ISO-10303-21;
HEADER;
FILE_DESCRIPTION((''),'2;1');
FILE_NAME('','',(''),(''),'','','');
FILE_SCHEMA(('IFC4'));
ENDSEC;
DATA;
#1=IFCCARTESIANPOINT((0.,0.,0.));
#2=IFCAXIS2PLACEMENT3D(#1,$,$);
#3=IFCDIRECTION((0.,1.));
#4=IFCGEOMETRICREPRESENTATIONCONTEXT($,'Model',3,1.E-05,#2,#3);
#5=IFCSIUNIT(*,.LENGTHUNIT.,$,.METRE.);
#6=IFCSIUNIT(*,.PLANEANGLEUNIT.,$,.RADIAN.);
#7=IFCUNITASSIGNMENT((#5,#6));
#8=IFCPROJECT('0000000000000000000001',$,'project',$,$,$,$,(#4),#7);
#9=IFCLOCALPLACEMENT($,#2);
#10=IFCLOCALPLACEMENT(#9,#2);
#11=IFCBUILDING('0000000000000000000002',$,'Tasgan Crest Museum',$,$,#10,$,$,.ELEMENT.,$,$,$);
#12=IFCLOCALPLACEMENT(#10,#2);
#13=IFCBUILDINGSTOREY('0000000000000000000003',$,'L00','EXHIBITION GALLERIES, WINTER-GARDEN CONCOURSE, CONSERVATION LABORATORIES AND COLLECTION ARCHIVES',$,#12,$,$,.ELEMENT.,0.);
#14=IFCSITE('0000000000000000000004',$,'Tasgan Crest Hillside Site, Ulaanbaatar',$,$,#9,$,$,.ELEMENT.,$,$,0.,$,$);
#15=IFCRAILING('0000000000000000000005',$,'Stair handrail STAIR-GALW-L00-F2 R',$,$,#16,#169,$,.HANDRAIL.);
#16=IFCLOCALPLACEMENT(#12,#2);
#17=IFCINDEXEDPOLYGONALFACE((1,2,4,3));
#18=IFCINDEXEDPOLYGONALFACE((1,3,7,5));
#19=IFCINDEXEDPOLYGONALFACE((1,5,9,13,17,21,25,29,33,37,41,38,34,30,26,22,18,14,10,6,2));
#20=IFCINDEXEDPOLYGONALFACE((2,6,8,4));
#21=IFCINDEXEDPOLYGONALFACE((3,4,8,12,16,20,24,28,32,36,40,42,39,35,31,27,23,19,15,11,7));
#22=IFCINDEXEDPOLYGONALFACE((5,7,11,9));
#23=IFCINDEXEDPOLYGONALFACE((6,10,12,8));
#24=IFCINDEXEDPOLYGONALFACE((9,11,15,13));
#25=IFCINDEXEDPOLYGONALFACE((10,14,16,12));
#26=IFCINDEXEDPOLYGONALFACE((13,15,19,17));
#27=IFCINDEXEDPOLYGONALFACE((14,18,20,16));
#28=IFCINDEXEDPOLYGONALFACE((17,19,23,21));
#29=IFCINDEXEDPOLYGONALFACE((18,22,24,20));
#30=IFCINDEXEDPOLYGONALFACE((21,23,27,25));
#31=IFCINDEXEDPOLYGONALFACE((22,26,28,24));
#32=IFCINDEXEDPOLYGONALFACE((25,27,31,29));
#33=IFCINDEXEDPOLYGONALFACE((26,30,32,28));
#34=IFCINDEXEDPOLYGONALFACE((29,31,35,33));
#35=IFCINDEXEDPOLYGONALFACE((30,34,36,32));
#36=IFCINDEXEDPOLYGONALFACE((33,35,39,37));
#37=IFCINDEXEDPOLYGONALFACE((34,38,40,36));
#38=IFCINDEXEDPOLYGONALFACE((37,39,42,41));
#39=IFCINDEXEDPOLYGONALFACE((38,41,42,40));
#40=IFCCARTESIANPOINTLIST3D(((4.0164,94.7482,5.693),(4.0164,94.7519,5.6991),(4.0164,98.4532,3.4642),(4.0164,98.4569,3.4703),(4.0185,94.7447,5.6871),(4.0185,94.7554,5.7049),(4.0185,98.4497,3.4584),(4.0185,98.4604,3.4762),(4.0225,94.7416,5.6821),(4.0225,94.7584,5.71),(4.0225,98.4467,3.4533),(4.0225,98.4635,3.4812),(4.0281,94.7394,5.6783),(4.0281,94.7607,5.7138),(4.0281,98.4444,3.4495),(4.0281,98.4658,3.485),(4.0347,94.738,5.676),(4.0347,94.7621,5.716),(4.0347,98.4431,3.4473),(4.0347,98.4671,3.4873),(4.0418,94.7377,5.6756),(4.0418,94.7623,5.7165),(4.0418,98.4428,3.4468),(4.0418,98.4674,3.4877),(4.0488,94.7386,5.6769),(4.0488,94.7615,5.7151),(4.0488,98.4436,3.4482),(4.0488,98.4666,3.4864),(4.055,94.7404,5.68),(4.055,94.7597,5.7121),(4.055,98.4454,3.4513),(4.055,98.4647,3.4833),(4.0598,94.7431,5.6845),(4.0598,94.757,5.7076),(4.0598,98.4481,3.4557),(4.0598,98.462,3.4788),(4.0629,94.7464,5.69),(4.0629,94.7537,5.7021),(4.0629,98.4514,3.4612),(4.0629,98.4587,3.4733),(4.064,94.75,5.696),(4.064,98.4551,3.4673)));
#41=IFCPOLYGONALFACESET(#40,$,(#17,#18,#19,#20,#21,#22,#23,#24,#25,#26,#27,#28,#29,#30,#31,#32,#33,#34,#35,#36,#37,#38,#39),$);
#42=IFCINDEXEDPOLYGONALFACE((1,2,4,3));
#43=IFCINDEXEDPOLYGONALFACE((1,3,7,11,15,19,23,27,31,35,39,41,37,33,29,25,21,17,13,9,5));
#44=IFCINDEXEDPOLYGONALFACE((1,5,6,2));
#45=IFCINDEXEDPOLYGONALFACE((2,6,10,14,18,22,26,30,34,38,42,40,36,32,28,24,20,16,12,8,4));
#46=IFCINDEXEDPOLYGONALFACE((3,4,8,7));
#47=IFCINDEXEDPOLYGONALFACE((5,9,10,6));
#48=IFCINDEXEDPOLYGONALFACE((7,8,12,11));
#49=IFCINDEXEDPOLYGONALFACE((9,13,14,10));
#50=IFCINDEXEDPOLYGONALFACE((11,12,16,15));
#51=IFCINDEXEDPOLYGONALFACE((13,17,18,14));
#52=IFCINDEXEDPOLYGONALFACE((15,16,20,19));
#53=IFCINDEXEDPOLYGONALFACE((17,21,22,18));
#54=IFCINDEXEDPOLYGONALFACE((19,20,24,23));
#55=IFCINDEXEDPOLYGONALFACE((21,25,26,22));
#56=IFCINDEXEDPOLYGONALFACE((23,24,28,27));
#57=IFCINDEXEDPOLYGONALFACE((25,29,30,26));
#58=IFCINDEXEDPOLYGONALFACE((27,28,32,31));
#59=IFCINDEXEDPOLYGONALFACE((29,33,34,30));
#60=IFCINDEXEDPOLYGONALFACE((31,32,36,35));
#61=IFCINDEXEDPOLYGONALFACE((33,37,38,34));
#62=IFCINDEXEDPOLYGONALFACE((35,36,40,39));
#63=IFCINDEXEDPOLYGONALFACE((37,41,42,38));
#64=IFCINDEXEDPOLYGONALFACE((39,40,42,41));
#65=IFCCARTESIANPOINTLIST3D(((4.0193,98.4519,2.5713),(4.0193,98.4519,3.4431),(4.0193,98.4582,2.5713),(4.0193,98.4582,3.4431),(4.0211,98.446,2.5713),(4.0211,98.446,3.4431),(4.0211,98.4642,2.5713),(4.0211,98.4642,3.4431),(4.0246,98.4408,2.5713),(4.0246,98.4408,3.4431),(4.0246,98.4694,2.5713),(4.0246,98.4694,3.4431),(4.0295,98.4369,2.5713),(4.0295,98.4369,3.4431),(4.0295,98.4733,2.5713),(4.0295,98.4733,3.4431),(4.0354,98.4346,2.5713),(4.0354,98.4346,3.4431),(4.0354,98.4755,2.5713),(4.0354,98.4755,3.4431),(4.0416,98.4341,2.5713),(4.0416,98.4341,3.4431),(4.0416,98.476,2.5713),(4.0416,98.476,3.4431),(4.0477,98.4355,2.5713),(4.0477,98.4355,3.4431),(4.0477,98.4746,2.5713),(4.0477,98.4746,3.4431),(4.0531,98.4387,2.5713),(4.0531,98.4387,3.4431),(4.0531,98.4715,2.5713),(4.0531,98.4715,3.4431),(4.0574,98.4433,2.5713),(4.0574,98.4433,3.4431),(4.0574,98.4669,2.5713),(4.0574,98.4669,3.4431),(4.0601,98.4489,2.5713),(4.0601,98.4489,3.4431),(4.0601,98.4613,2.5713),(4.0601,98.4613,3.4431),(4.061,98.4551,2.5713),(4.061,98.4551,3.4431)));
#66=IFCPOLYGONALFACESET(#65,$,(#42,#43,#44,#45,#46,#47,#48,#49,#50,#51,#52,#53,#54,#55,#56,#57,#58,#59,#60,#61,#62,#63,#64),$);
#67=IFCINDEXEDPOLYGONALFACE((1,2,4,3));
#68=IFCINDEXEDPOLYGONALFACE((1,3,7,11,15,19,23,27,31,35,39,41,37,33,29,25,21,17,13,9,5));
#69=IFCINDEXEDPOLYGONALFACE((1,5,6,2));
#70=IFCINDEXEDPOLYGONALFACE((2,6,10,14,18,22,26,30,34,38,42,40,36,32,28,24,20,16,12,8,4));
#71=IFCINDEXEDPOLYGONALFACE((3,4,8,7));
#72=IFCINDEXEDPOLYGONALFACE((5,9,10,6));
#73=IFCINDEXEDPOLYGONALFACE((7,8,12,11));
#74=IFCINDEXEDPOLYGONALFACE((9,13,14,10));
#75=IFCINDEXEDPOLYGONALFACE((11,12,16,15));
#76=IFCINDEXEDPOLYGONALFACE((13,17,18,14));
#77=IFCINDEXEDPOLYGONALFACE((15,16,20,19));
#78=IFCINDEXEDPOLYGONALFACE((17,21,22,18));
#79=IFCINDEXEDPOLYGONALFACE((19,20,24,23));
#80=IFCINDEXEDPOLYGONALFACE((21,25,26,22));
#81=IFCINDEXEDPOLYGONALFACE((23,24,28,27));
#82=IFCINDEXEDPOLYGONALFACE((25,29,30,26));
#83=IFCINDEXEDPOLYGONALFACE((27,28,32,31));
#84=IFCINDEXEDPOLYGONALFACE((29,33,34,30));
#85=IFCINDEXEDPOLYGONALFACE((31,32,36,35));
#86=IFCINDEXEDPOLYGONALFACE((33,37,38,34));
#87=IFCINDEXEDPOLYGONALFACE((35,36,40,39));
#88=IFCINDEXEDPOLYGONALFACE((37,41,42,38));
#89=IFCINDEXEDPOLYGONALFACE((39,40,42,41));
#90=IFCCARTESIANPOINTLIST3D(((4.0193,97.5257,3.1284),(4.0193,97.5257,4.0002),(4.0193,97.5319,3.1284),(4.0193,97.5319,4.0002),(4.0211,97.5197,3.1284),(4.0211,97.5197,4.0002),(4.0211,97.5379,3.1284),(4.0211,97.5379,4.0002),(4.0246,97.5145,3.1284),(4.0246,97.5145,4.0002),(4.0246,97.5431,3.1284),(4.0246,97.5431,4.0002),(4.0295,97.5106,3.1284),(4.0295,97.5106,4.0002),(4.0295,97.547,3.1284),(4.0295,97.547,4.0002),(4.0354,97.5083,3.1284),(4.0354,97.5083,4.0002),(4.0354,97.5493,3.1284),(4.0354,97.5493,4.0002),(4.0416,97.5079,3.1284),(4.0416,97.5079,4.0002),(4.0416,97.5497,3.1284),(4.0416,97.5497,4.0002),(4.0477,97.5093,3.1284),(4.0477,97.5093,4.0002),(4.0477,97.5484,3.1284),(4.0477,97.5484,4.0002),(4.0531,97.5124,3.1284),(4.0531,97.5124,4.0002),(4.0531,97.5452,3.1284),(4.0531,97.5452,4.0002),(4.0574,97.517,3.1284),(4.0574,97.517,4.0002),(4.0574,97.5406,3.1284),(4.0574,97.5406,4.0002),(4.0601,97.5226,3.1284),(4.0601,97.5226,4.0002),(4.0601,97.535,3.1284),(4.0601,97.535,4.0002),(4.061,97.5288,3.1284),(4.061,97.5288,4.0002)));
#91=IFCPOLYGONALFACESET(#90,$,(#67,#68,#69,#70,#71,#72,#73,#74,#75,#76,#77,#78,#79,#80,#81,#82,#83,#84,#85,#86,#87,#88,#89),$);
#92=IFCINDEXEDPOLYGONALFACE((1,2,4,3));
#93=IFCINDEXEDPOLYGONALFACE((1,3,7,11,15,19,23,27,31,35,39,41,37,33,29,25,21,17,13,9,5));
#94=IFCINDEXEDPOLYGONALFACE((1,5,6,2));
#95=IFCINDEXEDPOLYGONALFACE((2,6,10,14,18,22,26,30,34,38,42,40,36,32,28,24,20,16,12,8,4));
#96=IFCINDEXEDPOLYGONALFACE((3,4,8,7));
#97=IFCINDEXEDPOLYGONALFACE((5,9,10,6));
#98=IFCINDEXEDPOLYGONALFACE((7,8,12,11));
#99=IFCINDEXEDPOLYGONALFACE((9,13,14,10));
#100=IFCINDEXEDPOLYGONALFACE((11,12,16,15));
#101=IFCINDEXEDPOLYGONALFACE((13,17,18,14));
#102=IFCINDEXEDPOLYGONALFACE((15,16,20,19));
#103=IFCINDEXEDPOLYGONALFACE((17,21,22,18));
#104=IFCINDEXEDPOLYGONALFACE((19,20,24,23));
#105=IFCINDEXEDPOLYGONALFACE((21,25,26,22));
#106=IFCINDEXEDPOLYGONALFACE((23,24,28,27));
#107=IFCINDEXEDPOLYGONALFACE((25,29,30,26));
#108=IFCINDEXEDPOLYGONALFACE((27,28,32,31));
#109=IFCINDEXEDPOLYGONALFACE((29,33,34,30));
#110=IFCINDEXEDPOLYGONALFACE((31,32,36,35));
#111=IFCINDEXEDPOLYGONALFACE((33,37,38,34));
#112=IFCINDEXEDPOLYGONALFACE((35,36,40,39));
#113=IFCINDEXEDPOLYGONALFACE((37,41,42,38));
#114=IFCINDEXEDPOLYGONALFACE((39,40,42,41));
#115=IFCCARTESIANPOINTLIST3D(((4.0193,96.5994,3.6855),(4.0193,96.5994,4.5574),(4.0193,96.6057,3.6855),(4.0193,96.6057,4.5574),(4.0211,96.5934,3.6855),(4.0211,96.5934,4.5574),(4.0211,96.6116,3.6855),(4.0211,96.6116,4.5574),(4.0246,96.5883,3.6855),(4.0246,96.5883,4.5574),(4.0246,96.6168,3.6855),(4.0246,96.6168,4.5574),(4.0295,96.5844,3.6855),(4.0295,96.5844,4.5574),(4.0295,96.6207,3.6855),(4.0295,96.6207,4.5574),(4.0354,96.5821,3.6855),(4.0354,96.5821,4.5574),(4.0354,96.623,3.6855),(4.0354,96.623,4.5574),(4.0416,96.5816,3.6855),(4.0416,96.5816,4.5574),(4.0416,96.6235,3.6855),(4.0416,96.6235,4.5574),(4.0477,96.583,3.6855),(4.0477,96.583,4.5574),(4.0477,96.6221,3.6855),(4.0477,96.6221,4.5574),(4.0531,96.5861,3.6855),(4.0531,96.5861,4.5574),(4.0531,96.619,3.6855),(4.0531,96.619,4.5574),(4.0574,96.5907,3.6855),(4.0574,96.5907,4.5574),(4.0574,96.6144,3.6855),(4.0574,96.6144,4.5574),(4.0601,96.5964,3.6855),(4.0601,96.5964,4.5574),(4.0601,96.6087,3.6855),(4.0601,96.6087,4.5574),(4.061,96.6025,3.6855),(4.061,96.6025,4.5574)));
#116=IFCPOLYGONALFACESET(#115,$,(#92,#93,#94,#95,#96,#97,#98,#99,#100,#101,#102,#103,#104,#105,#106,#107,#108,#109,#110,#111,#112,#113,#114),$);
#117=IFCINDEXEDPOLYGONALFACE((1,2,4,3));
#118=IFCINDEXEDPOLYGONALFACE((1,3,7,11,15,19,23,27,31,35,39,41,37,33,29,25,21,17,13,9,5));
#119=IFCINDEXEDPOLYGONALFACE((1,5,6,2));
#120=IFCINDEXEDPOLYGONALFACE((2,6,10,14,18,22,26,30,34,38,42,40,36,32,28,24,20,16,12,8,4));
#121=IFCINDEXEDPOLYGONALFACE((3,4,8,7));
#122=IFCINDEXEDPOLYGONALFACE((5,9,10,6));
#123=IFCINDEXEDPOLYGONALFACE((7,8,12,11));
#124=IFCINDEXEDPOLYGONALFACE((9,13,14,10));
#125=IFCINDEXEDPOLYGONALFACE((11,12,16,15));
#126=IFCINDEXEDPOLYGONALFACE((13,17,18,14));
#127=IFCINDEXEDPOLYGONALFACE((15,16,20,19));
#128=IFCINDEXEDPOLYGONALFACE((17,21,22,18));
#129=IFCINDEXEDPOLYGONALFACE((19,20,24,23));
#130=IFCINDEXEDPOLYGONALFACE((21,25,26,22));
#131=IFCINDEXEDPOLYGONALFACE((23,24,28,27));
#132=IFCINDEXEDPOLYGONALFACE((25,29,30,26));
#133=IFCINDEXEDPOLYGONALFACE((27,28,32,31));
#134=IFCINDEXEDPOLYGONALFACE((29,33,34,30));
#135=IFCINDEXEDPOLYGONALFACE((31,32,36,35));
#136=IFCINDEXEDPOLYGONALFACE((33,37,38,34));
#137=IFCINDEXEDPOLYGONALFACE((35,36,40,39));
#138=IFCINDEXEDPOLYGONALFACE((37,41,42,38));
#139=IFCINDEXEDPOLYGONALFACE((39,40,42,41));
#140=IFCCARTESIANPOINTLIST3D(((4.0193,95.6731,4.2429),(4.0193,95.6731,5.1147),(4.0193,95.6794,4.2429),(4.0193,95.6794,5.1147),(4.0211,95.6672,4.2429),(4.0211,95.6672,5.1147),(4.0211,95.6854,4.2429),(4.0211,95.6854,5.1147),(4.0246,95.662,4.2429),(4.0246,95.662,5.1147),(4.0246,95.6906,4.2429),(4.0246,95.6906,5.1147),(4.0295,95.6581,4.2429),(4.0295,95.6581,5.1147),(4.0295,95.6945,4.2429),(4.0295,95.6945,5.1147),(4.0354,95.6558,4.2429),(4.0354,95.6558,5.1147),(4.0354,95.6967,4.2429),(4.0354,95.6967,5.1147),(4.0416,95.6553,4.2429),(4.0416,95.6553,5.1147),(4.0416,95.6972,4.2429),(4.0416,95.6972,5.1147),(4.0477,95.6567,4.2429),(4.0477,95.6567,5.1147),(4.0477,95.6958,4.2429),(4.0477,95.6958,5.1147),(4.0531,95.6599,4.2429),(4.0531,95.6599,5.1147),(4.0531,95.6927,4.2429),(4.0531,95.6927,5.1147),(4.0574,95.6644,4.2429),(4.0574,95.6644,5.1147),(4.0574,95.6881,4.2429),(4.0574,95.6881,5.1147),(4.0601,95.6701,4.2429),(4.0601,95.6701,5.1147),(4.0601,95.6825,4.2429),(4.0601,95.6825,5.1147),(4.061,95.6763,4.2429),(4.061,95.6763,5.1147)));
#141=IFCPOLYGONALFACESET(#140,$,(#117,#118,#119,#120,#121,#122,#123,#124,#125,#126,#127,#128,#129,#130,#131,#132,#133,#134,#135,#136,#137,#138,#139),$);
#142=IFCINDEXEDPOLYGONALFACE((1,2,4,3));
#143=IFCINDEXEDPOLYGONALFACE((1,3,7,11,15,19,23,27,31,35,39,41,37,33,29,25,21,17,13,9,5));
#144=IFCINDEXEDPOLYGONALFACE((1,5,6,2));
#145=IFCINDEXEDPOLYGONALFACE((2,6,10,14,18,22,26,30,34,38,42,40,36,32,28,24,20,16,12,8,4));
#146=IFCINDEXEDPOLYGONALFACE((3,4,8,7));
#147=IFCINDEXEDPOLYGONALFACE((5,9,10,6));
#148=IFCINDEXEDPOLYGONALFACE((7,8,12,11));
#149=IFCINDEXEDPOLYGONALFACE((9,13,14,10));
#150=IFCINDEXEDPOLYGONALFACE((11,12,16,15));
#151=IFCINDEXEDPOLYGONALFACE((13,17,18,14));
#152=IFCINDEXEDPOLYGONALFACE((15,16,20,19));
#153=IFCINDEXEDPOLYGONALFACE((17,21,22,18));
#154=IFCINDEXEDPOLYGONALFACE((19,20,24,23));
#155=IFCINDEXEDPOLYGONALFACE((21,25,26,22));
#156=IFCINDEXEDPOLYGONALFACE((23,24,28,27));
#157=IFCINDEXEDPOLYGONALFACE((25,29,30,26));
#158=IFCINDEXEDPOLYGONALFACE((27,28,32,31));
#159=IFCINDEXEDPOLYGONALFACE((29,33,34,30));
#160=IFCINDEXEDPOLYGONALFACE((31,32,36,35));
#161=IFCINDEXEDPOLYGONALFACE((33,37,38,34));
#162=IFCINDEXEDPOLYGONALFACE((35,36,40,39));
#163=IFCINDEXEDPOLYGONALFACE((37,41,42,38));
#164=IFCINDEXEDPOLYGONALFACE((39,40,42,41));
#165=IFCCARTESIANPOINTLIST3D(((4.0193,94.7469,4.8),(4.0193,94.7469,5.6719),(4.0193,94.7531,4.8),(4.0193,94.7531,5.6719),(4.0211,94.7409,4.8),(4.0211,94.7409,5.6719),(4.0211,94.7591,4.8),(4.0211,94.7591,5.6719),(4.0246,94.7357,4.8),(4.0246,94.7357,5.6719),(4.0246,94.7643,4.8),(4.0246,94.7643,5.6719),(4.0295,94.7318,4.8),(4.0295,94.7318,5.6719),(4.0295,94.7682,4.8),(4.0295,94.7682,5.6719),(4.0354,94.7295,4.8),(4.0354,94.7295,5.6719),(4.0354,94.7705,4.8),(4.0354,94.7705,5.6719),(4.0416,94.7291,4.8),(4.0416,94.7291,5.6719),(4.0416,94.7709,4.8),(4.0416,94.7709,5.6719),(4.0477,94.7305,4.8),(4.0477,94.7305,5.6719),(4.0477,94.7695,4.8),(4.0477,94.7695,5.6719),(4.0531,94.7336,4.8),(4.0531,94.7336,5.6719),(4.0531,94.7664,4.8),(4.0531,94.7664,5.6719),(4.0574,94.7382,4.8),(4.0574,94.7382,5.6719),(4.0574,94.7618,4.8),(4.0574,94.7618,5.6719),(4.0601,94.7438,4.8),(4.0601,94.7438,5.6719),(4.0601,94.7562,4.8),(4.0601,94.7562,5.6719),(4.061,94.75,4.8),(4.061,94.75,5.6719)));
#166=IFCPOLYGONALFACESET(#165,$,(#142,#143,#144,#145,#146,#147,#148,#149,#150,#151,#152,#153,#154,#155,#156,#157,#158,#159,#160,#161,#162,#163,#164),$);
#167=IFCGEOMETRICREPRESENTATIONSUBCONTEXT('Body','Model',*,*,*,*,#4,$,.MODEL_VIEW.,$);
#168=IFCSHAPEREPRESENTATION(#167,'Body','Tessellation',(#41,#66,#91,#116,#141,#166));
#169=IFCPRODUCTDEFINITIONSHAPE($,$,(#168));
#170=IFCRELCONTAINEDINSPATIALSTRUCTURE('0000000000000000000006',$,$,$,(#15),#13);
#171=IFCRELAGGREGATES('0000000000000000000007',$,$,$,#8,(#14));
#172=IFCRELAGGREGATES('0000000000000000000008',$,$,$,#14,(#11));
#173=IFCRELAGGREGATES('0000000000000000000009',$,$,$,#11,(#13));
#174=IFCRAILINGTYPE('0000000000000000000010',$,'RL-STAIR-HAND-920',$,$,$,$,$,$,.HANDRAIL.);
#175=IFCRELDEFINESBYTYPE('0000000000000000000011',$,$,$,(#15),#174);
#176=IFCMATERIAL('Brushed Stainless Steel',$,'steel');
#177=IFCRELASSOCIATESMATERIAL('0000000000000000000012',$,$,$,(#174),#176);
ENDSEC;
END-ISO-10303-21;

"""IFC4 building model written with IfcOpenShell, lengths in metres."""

from ifc_helpers import new_model, si_unit, direction, frame, origin, origin_2d, place, context, subcontext, project, spatial, circle, extrude, material, type_object, element, save


model = new_model("IFC4")

# Units and contexts
model_context = context("Model", 3, precision=1e-05, world=origin(), true_north=direction((0.0, 1.0)))
body_context = subcontext(model_context, "Body", "Model", "MODEL_VIEW")
ifc_project = project(units=[si_unit("LENGTHUNIT", "METRE"), si_unit("PLANEANGLEUNIT", "RADIAN")], contexts=[model_context])

# Site, building, storey
site_placement = place(None, origin())
site = spatial("IfcSite", under=ifc_project, at=site_placement, Name="Tasgan Crest Hillside Site, Ulaanbaatar", CompositionType="ELEMENT", RefElevation=0.0)
building_placement = place(site_placement, origin())
building = spatial("IfcBuilding", under=site, at=building_placement, Name="Tasgan Crest Museum", CompositionType="ELEMENT")
storey_placement = place(building_placement, origin())
storey = spatial("IfcBuildingStorey", under=building, at=storey_placement, Name="L00", Description="EXHIBITION GALLERIES, WINTER-GARDEN CONCOURSE, CONSERVATION LABORATORIES AND COLLECTION ARCHIVES", CompositionType="ELEMENT", Elevation=0.0)

# Railing
ifc_material_1 = material(Name="Brushed Stainless Steel", Category="steel")
railing_type_1 = type_object("IfcRailingType", Name="RL-STAIR-HAND-920", PredefinedType="HANDRAIL", material=ifc_material_1)
for number, where, name in (
    (1, (4.04, 98.4551, 2.5713), "Stair handrail STAIR-GALW-L00-F2 R"),
):
    element("IfcRailing", number, at=place(storey_placement, frame(where)), inside=storey, type_object=railing_type_1, Name=name, PredefinedType="HANDRAIL", context=body_context, shape_type="SweptSolid", body=[
        extrude(circle(Radius=0.0239, at=origin_2d()), frame((0.0, 0.0, 0.896), z_axis=(0.0, -0.856909, 0.515467), x_axis=(1.0, 0.0, 0.0)), (0.0, 0.0, 1.0), 4.3237),
        extrude(circle(Radius=0.021, at=origin_2d()), origin(), (0.0, 0.0, 1.0), 0.8718),
        extrude(circle(Radius=0.021, at=origin_2d()), frame((0.0, -0.9263, 0.5571)), (0.0, 0.0, 1.0), 0.8718),
        extrude(circle(Radius=0.021, at=origin_2d()), frame((0.0, -1.8525, 1.1143)), (0.0, 0.0, 1.0), 0.8718),
        extrude(circle(Radius=0.021, at=origin_2d()), frame((0.0, -2.7788, 1.6716)), (0.0, 0.0, 1.0), 0.8718),
        extrude(circle(Radius=0.021, at=origin_2d()), frame((0.0, -3.7051, 2.2288)), (0.0, 0.0, 1.0), 0.8718),
    ])

save(model, "model.ifc")
